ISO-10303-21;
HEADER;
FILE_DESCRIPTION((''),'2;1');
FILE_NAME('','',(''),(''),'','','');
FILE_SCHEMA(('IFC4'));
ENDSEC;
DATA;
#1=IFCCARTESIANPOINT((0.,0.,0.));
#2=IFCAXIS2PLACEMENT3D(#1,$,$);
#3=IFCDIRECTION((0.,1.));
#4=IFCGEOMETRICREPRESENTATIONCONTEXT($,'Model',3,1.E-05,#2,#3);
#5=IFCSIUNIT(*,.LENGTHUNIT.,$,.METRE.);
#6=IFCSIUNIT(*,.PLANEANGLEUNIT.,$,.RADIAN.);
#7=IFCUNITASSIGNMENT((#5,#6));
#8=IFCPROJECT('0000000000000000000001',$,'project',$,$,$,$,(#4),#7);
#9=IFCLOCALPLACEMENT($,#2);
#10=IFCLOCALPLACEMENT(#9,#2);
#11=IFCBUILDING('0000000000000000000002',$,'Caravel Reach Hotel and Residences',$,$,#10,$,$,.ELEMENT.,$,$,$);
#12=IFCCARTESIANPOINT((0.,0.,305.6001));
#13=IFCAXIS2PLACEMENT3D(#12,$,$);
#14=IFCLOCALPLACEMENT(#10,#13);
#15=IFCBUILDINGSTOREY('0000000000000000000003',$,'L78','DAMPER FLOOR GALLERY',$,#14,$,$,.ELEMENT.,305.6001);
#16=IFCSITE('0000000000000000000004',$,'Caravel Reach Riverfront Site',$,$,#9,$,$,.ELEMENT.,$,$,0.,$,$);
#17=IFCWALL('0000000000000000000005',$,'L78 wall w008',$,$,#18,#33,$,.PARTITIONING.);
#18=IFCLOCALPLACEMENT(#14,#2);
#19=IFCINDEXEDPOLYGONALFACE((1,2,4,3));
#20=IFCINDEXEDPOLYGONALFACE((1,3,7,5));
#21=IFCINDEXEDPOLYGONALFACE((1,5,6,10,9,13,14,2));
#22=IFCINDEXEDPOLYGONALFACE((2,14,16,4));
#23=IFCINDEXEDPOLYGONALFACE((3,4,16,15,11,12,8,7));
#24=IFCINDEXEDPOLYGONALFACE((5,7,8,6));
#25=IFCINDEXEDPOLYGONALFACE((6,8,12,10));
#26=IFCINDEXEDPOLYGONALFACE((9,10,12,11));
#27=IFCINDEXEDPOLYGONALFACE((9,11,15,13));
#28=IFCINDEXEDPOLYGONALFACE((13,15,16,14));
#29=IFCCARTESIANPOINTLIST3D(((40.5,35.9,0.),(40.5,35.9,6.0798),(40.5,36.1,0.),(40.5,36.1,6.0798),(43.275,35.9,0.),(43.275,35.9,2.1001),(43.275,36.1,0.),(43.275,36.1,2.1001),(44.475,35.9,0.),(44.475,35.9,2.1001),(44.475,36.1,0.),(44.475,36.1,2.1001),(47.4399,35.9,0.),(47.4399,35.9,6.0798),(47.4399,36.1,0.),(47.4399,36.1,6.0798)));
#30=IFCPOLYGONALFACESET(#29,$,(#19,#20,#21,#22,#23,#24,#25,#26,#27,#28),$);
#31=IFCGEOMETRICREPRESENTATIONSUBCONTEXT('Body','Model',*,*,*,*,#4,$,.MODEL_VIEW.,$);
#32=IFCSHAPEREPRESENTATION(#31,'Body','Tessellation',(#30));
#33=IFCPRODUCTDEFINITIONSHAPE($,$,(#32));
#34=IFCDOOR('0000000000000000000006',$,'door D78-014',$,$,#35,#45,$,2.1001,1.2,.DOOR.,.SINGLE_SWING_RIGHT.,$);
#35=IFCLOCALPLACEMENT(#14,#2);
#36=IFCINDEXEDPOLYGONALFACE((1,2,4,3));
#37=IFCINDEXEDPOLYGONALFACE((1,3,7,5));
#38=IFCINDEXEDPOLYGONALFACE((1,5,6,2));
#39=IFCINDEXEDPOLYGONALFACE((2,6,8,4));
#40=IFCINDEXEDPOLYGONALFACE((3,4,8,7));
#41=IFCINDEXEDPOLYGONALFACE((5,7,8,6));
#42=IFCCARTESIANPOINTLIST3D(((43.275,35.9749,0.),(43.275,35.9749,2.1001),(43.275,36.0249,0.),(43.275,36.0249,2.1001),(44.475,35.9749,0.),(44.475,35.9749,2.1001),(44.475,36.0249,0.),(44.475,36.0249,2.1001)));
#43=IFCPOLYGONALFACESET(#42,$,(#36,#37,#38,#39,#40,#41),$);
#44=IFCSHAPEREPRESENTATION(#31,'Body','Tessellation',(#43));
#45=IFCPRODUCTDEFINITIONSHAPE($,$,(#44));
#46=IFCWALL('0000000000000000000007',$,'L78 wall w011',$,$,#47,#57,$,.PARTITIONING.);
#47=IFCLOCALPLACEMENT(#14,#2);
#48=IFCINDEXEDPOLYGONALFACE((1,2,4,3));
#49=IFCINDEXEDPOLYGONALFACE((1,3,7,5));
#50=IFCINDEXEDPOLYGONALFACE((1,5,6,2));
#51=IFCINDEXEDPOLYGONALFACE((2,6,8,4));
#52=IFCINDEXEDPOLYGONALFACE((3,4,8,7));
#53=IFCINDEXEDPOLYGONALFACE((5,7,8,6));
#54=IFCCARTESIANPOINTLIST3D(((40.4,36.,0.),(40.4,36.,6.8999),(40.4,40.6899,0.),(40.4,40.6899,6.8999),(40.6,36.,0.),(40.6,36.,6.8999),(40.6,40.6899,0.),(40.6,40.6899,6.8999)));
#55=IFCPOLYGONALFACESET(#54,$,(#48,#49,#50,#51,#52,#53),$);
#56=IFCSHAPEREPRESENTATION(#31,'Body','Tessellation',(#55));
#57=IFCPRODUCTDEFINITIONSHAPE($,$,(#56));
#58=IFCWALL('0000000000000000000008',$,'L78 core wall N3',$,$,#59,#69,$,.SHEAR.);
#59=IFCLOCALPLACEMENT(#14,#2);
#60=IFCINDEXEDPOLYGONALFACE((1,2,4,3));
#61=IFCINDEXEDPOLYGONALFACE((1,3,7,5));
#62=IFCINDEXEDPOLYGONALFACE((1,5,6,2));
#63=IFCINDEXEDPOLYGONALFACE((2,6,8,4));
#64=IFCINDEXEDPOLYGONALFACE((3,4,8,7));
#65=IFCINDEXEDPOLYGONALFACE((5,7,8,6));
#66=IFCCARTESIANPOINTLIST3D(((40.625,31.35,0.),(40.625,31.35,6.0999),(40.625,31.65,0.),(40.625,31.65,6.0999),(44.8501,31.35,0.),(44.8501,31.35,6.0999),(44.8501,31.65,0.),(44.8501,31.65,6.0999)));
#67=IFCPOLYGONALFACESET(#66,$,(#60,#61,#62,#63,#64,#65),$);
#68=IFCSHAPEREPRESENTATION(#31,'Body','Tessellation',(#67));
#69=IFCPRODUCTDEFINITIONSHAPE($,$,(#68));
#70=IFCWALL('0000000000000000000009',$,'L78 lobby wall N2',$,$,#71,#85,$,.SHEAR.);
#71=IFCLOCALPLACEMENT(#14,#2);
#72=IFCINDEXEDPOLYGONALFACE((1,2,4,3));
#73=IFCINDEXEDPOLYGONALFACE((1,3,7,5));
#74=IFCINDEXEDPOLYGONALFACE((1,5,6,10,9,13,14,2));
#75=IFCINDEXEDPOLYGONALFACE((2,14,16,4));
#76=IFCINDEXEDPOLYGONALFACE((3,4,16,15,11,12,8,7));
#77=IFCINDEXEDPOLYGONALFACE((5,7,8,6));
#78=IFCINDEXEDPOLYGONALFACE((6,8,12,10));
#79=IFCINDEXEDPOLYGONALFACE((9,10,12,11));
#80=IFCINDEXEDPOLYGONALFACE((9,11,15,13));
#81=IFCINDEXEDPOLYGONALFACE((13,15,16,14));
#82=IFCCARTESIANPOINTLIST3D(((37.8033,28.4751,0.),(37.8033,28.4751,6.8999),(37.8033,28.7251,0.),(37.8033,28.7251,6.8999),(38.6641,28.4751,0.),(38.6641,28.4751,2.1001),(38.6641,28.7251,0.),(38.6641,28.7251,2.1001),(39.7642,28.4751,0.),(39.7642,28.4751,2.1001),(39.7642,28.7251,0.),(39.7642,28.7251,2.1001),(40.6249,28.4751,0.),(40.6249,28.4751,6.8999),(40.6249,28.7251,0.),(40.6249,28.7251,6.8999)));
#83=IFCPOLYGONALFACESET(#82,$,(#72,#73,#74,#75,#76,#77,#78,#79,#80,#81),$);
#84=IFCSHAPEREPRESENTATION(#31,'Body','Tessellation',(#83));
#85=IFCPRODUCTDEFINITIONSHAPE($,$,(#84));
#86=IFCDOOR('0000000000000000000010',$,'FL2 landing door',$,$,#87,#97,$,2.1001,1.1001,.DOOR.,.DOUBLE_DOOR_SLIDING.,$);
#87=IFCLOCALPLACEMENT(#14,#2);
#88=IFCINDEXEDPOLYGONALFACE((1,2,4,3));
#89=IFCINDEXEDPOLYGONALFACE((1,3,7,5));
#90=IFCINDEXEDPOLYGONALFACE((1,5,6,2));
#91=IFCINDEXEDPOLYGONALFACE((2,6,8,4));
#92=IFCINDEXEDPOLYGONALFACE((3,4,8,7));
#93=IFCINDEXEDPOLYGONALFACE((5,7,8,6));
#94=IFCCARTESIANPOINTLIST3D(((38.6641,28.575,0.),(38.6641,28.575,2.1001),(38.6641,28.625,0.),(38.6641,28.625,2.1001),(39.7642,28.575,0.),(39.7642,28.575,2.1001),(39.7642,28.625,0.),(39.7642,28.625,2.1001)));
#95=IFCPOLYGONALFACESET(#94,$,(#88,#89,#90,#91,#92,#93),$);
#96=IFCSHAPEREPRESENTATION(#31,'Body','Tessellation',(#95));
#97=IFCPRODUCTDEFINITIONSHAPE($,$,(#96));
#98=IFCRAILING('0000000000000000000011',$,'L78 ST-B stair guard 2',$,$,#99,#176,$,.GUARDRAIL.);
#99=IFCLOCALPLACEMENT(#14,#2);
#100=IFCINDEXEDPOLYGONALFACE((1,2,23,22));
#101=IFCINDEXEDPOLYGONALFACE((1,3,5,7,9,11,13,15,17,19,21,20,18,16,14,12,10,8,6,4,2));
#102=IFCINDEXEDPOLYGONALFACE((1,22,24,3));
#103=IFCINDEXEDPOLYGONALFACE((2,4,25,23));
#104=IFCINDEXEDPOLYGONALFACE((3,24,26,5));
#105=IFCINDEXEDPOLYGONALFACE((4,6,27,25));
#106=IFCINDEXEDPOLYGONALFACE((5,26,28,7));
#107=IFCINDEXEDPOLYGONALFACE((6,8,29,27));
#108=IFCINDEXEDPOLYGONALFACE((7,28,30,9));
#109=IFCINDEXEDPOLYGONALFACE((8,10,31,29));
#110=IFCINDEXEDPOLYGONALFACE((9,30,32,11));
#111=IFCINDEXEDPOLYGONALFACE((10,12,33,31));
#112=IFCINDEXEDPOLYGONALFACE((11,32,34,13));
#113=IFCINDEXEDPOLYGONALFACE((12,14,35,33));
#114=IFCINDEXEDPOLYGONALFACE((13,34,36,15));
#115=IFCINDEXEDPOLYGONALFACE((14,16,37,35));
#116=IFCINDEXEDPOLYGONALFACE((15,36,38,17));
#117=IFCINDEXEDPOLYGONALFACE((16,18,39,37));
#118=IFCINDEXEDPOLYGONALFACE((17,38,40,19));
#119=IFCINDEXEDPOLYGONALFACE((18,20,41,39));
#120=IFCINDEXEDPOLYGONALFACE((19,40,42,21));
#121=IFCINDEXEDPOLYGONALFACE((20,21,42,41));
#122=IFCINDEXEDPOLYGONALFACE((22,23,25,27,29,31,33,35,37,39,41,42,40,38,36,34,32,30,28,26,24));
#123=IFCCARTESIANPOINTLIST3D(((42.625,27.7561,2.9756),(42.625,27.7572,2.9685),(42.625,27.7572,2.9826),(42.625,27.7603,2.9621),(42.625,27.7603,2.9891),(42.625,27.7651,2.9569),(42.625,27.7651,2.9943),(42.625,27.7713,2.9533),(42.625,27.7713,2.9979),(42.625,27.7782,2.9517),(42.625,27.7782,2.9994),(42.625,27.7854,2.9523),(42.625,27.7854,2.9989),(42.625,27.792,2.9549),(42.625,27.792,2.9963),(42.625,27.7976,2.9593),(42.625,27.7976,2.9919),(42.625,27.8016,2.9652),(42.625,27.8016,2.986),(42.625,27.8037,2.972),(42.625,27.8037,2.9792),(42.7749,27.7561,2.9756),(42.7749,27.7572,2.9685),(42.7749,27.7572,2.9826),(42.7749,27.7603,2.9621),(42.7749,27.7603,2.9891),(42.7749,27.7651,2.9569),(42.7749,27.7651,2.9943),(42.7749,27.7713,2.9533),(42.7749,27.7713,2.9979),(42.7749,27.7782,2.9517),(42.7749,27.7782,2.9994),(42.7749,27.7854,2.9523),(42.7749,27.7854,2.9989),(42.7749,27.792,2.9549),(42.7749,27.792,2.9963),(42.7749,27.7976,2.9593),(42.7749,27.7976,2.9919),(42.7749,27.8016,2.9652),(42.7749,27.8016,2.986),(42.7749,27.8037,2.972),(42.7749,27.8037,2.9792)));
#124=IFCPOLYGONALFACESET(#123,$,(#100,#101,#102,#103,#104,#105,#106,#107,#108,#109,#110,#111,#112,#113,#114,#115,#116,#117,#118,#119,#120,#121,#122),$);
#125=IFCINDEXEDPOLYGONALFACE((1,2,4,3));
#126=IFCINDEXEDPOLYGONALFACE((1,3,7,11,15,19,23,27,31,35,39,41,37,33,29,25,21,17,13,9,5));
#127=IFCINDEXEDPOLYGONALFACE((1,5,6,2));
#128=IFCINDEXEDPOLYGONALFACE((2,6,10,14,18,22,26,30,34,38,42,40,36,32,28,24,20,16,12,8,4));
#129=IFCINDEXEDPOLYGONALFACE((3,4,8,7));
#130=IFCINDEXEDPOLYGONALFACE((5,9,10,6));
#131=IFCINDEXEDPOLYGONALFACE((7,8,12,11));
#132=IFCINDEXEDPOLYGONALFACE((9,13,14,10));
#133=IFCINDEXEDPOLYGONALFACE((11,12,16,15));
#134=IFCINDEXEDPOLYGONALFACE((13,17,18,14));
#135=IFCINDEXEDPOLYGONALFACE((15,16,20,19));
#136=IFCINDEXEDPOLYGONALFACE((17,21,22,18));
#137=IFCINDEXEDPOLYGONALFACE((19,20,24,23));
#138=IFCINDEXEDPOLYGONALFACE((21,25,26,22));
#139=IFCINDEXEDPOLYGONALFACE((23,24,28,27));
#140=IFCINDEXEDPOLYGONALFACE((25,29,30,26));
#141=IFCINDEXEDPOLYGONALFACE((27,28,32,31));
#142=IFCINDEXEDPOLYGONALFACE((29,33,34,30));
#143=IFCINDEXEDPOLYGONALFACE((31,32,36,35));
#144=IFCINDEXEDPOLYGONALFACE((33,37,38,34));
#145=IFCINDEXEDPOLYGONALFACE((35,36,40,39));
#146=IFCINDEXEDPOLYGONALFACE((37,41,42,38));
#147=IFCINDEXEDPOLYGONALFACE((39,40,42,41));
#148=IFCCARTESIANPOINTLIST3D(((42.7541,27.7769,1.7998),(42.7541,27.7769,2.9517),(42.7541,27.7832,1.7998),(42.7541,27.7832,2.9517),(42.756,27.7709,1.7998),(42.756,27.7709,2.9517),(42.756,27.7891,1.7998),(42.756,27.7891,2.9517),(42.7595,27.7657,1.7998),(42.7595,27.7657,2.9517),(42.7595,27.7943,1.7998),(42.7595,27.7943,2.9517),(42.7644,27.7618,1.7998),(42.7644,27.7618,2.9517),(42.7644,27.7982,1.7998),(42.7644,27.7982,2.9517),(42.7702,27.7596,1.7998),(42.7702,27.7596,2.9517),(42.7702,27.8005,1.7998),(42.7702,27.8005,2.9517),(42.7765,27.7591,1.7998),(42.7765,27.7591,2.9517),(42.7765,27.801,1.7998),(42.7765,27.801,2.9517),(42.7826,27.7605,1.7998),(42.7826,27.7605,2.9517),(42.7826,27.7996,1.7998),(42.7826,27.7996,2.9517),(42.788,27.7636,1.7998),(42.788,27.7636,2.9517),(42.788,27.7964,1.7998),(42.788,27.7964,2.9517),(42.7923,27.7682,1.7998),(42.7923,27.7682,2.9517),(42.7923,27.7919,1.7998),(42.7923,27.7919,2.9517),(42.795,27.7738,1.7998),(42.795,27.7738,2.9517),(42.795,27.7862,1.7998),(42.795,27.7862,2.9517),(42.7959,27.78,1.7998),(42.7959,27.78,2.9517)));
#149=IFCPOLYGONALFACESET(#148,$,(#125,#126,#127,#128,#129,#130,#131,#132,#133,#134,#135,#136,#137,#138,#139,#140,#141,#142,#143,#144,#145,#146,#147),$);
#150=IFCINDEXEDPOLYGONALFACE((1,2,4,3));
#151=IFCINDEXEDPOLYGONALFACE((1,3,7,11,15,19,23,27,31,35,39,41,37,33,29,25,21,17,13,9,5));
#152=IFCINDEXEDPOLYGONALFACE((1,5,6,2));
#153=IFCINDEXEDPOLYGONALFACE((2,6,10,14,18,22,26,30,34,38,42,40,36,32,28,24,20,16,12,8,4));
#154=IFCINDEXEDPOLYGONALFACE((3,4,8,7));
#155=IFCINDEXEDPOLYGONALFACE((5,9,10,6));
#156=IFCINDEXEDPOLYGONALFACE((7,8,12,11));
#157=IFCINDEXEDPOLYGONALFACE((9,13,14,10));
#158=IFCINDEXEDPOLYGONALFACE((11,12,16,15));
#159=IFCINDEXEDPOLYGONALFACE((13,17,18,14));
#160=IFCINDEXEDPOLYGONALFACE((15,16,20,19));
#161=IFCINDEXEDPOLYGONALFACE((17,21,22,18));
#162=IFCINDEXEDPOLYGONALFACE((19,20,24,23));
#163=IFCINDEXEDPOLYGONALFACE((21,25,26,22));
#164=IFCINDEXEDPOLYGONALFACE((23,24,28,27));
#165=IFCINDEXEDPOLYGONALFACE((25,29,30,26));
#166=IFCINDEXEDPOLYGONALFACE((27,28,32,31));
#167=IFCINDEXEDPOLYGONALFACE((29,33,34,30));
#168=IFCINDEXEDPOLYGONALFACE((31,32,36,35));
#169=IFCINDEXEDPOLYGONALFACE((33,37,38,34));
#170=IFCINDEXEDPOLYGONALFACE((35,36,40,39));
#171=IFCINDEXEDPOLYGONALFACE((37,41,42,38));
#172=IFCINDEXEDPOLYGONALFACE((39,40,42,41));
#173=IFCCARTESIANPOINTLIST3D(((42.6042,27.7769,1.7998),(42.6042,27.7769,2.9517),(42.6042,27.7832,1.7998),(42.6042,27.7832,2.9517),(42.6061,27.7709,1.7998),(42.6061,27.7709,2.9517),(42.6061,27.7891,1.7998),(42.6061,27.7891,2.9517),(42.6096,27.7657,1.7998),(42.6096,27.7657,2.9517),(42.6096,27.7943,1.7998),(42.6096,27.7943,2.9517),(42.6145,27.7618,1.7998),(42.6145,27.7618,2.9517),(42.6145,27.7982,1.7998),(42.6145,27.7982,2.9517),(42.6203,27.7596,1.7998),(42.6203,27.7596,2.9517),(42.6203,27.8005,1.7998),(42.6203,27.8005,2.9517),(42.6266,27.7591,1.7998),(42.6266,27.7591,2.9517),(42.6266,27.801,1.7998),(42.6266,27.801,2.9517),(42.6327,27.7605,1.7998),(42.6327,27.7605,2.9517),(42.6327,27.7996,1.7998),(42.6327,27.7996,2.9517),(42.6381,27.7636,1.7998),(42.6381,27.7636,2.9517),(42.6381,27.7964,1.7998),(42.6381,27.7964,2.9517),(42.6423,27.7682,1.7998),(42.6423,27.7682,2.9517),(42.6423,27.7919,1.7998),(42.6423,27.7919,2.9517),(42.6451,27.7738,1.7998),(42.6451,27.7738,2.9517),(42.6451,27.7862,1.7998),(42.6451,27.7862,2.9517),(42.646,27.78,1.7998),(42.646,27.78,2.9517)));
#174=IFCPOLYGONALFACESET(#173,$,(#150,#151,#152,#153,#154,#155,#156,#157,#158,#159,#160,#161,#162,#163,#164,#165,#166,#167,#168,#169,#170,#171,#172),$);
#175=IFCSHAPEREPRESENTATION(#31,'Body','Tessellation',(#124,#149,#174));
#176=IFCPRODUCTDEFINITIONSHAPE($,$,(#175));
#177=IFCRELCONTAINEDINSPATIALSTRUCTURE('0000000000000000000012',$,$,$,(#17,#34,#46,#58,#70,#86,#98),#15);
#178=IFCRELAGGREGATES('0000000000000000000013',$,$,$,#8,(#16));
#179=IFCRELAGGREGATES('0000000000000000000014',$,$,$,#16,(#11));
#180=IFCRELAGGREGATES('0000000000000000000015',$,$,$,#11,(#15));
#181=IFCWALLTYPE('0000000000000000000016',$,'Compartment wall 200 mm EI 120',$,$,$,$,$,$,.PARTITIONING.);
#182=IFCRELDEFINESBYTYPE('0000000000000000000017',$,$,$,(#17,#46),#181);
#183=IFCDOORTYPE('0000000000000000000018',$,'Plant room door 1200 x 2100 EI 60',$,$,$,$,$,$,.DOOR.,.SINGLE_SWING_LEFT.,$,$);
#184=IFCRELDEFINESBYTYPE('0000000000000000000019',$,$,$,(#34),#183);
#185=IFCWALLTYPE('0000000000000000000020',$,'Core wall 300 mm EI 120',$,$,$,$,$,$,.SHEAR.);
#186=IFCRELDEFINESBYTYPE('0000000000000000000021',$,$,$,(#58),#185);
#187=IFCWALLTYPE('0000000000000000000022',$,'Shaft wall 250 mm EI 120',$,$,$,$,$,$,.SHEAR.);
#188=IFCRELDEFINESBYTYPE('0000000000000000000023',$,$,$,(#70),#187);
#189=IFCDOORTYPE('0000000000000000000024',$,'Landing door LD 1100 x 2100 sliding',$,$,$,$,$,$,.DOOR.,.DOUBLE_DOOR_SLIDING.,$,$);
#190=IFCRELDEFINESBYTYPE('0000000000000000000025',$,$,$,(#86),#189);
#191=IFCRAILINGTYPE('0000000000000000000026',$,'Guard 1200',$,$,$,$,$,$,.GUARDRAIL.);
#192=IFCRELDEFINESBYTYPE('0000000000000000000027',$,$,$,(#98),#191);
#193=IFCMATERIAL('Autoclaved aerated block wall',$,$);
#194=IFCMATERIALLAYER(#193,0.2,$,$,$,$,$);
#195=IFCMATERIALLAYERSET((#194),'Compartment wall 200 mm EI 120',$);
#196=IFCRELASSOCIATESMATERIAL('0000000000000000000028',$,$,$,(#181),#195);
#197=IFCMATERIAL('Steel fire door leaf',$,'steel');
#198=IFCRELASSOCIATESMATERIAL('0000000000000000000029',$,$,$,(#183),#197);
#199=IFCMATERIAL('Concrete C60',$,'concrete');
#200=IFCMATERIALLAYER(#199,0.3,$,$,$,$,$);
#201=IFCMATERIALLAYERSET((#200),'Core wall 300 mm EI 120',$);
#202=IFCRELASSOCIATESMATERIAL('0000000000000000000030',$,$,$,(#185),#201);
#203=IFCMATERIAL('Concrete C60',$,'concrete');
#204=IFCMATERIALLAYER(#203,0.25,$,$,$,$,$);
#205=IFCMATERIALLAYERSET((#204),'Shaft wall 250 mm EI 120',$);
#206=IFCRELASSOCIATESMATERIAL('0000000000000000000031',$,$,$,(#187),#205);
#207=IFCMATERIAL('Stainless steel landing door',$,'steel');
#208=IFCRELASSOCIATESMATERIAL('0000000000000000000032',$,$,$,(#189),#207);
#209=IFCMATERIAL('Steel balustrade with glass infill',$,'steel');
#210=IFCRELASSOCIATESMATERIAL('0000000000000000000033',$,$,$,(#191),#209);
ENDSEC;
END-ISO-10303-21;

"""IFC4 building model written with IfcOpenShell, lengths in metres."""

from ifc_helpers import new_model, si_unit, direction, frame, frame_2d, origin, origin_2d, place, context, subcontext, project, spatial, rectangle, circle, extrude, material, layer, layer_set, type_object, element, fill, save


model = new_model("IFC4")

# Units and contexts
model_context = context("Model", 3, precision=1e-05, world=origin(), true_north=direction((0.0, 1.0)))
body_context = subcontext(model_context, "Body", "Model", "MODEL_VIEW")
ifc_project = project(units=[si_unit("LENGTHUNIT", "METRE"), si_unit("PLANEANGLEUNIT", "RADIAN")], contexts=[model_context])

# Site, building, storey
site_placement = place(None, origin())
site = spatial("IfcSite", under=ifc_project, at=site_placement, Name="Caravel Reach Riverfront Site", CompositionType="ELEMENT", RefElevation=0.0)
building_placement = place(site_placement, origin())
building = spatial("IfcBuilding", under=site, at=building_placement, Name="Caravel Reach Hotel and Residences", CompositionType="ELEMENT")
storey_placement = place(building_placement, frame((0.0, 0.0, 305.6001)))
storey = spatial("IfcBuildingStorey", under=building, at=storey_placement, Name="L78", Description="DAMPER FLOOR GALLERY", CompositionType="ELEMENT", Elevation=305.6001)

# Wall, opening, door
ifc_material_1 = material(Name="Autoclaved aerated block wall")
ifc_layer_1 = layer(ifc_material_1, 0.2)
ifc_layer_set_1 = layer_set([ifc_layer_1], Name="Compartment wall 200 mm EI 120")
wall_type_1 = type_object("IfcWallType", Name="Compartment wall 200 mm EI 120", PredefinedType="PARTITIONING", material=ifc_layer_set_1)
wall_1_placement = place(storey_placement, frame((40.5, 36.0, 0.0), z_axis=(0.0, 0.0, 1.0), x_axis=(1.0, 0.0, 0.0)))
wall_1 = element("IfcWall", 1, at=wall_1_placement, inside=storey, type_object=wall_type_1, Name="L78 wall w008", PredefinedType="PARTITIONING", context=body_context, shape_type="SweptSolid", body=[
    extrude(rectangle(XDim=6.9399, YDim=0.2, at=frame_2d((3.47, 0.0))), origin(), (0.0, 0.0, 1.0), 6.0798),
])
opening_1_placement = place(wall_1_placement, frame((2.7749, 0.0, 0.0)))
opening_1 = element("IfcOpeningElement", 2, at=opening_1_placement, cuts=wall_1, PredefinedType="OPENING", context=body_context, shape_type="SweptSolid", body=[
    extrude(rectangle(XDim=1.2, YDim=2.1001, at=frame_2d((0.6001, 1.05))), frame((0.0, 0.1099, 0.0), z_axis=(0.0, -1.0, 0.0), x_axis=(1.0, 0.0, 0.0)), (0.0, 0.0, 1.0), 0.22),
])
ifc_material_2 = material(Name="Steel fire door leaf", Category="steel")
door_type_1 = type_object("IfcDoorType", Name="Plant room door 1200 x 2100 EI 60", OperationType="SINGLE_SWING_LEFT", PredefinedType="DOOR", material=ifc_material_2)
door_1_placement = place(opening_1_placement, origin())
door_1 = element("IfcDoor", 3, at=door_1_placement, inside=storey, type_object=door_type_1, Name="door D78-014", OperationType="SINGLE_SWING_RIGHT", OverallHeight=2.1001, OverallWidth=1.2, PredefinedType="DOOR", context=body_context, shape_type="SweptSolid", body=[
    extrude(rectangle(XDim=1.2, YDim=2.1001, at=frame_2d((0.6001, 1.05))), frame((0.0, 0.0249, 0.0), z_axis=(0.0, -1.0, 0.0), x_axis=(1.0, 0.0, 0.0)), (0.0, 0.0, 1.0), 0.05),
])
fill(opening_1, door_1)

# Walls
wall_2_placement = place(storey_placement, frame((40.5, 36.0, 0.0), z_axis=(0.0, 0.0, 1.0), x_axis=(0.0, 1.0, 0.0)))
element("IfcWall", 4, at=wall_2_placement, inside=storey, type_object=wall_type_1, Name="L78 wall w011", PredefinedType="PARTITIONING", context=body_context, shape_type="SweptSolid", body=[
    extrude(rectangle(XDim=4.6899, YDim=0.2, at=frame_2d((2.345, 0.0))), origin(), (0.0, 0.0, 1.0), 6.8999),
])
ifc_material_3 = material(Name="Concrete C60", Category="concrete")
ifc_layer_2 = layer(ifc_material_3, 0.3)
ifc_layer_set_2 = layer_set([ifc_layer_2], Name="Core wall 300 mm EI 120")
wall_type_2 = type_object("IfcWallType", Name="Core wall 300 mm EI 120", PredefinedType="SHEAR", material=ifc_layer_set_2)
wall_3_placement = place(storey_placement, frame((40.625, 31.5, 0.0), z_axis=(0.0, 0.0, 1.0), x_axis=(1.0, 0.0, 0.0)))
element("IfcWall", 5, at=wall_3_placement, inside=storey, type_object=wall_type_2, Name="L78 core wall N3", PredefinedType="SHEAR", context=body_context, shape_type="SweptSolid", body=[
    extrude(rectangle(XDim=4.2251, YDim=0.3, at=frame_2d((2.1125, 0.0))), origin(), (0.0, 0.0, 1.0), 6.0999),
])

# Wall, opening, door
ifc_material_4 = material(Name="Concrete C60", Category="concrete")
ifc_layer_3 = layer(ifc_material_4, 0.25)
ifc_layer_set_3 = layer_set([ifc_layer_3], Name="Shaft wall 250 mm EI 120")
wall_type_3 = type_object("IfcWallType", Name="Shaft wall 250 mm EI 120", PredefinedType="SHEAR", material=ifc_layer_set_3)
wall_4_placement = place(storey_placement, frame((37.8035, 28.6001, 0.0), z_axis=(0.0, 0.0, 1.0), x_axis=(1.0, 0.0, 0.0)))
wall_4 = element("IfcWall", 6, at=wall_4_placement, inside=storey, type_object=wall_type_3, Name="L78 lobby wall N2", PredefinedType="SHEAR", context=body_context, shape_type="SweptSolid", body=[
    extrude(rectangle(XDim=2.8215, YDim=0.25, at=frame_2d((1.4106, 0.0))), origin(), (0.0, 0.0, 1.0), 6.8999),
])
opening_2_placement = place(wall_4_placement, frame((0.8606, 0.0, 0.0)))
opening_2 = element("IfcOpeningElement", 7, at=opening_2_placement, cuts=wall_4, PredefinedType="OPENING", context=body_context, shape_type="SweptSolid", body=[
    extrude(rectangle(XDim=1.1001, YDim=2.1001, at=frame_2d((0.55, 1.05))), frame((0.0, 0.135, 0.0), z_axis=(0.0, -1.0, 0.0), x_axis=(1.0, 0.0, 0.0)), (0.0, 0.0, 1.0), 0.27),
])
ifc_material_5 = material(Name="Stainless steel landing door", Category="steel")
door_type_2 = type_object("IfcDoorType", Name="Landing door LD 1100 x 2100 sliding", OperationType="DOUBLE_DOOR_SLIDING", PredefinedType="DOOR", material=ifc_material_5)
door_2_placement = place(opening_2_placement, origin())
door_2 = element("IfcDoor", 8, at=door_2_placement, inside=storey, type_object=door_type_2, Name="FL2 landing door", OperationType="DOUBLE_DOOR_SLIDING", OverallHeight=2.1001, OverallWidth=1.1001, PredefinedType="DOOR", context=body_context, shape_type="SweptSolid", body=[
    extrude(rectangle(XDim=1.1001, YDim=2.1001, at=frame_2d((0.55, 1.05))), frame((0.0, 0.0249, 0.0), z_axis=(0.0, -1.0, 0.0), x_axis=(1.0, 0.0, 0.0)), (0.0, 0.0, 1.0), 0.05),
])
fill(opening_2, door_2)

# Railing
ifc_material_6 = material(Name="Steel balustrade with glass infill", Category="steel")
railing_type_1 = type_object("IfcRailingType", Name="Guard 1200", PredefinedType="GUARDRAIL", material=ifc_material_6)
railing_1_placement = place(storey_placement, frame((42.7749, 27.78, 1.7998)))
element("IfcRailing", 9, at=railing_1_placement, inside=storey, type_object=railing_type_1, Name="L78 ST-B stair guard 2", PredefinedType="GUARDRAIL", context=body_context, shape_type="SweptSolid", body=[
    extrude(circle(Radius=0.0239, at=origin_2d()), frame((0.0, 0.0, 1.1758), z_axis=(-1.0, 0.0, 0.0), x_axis=(0.0, -1.0, 0.0)), (0.0, 0.0, 1.0), 0.1499),
    extrude(circle(Radius=0.021, at=origin_2d()), origin(), (0.0, 0.0, 1.0), 1.1519),
    extrude(circle(Radius=0.021, at=origin_2d()), frame((-0.1499, 0.0, 0.0)), (0.0, 0.0, 1.0), 1.1519),
])

save(model, "model.ifc")
